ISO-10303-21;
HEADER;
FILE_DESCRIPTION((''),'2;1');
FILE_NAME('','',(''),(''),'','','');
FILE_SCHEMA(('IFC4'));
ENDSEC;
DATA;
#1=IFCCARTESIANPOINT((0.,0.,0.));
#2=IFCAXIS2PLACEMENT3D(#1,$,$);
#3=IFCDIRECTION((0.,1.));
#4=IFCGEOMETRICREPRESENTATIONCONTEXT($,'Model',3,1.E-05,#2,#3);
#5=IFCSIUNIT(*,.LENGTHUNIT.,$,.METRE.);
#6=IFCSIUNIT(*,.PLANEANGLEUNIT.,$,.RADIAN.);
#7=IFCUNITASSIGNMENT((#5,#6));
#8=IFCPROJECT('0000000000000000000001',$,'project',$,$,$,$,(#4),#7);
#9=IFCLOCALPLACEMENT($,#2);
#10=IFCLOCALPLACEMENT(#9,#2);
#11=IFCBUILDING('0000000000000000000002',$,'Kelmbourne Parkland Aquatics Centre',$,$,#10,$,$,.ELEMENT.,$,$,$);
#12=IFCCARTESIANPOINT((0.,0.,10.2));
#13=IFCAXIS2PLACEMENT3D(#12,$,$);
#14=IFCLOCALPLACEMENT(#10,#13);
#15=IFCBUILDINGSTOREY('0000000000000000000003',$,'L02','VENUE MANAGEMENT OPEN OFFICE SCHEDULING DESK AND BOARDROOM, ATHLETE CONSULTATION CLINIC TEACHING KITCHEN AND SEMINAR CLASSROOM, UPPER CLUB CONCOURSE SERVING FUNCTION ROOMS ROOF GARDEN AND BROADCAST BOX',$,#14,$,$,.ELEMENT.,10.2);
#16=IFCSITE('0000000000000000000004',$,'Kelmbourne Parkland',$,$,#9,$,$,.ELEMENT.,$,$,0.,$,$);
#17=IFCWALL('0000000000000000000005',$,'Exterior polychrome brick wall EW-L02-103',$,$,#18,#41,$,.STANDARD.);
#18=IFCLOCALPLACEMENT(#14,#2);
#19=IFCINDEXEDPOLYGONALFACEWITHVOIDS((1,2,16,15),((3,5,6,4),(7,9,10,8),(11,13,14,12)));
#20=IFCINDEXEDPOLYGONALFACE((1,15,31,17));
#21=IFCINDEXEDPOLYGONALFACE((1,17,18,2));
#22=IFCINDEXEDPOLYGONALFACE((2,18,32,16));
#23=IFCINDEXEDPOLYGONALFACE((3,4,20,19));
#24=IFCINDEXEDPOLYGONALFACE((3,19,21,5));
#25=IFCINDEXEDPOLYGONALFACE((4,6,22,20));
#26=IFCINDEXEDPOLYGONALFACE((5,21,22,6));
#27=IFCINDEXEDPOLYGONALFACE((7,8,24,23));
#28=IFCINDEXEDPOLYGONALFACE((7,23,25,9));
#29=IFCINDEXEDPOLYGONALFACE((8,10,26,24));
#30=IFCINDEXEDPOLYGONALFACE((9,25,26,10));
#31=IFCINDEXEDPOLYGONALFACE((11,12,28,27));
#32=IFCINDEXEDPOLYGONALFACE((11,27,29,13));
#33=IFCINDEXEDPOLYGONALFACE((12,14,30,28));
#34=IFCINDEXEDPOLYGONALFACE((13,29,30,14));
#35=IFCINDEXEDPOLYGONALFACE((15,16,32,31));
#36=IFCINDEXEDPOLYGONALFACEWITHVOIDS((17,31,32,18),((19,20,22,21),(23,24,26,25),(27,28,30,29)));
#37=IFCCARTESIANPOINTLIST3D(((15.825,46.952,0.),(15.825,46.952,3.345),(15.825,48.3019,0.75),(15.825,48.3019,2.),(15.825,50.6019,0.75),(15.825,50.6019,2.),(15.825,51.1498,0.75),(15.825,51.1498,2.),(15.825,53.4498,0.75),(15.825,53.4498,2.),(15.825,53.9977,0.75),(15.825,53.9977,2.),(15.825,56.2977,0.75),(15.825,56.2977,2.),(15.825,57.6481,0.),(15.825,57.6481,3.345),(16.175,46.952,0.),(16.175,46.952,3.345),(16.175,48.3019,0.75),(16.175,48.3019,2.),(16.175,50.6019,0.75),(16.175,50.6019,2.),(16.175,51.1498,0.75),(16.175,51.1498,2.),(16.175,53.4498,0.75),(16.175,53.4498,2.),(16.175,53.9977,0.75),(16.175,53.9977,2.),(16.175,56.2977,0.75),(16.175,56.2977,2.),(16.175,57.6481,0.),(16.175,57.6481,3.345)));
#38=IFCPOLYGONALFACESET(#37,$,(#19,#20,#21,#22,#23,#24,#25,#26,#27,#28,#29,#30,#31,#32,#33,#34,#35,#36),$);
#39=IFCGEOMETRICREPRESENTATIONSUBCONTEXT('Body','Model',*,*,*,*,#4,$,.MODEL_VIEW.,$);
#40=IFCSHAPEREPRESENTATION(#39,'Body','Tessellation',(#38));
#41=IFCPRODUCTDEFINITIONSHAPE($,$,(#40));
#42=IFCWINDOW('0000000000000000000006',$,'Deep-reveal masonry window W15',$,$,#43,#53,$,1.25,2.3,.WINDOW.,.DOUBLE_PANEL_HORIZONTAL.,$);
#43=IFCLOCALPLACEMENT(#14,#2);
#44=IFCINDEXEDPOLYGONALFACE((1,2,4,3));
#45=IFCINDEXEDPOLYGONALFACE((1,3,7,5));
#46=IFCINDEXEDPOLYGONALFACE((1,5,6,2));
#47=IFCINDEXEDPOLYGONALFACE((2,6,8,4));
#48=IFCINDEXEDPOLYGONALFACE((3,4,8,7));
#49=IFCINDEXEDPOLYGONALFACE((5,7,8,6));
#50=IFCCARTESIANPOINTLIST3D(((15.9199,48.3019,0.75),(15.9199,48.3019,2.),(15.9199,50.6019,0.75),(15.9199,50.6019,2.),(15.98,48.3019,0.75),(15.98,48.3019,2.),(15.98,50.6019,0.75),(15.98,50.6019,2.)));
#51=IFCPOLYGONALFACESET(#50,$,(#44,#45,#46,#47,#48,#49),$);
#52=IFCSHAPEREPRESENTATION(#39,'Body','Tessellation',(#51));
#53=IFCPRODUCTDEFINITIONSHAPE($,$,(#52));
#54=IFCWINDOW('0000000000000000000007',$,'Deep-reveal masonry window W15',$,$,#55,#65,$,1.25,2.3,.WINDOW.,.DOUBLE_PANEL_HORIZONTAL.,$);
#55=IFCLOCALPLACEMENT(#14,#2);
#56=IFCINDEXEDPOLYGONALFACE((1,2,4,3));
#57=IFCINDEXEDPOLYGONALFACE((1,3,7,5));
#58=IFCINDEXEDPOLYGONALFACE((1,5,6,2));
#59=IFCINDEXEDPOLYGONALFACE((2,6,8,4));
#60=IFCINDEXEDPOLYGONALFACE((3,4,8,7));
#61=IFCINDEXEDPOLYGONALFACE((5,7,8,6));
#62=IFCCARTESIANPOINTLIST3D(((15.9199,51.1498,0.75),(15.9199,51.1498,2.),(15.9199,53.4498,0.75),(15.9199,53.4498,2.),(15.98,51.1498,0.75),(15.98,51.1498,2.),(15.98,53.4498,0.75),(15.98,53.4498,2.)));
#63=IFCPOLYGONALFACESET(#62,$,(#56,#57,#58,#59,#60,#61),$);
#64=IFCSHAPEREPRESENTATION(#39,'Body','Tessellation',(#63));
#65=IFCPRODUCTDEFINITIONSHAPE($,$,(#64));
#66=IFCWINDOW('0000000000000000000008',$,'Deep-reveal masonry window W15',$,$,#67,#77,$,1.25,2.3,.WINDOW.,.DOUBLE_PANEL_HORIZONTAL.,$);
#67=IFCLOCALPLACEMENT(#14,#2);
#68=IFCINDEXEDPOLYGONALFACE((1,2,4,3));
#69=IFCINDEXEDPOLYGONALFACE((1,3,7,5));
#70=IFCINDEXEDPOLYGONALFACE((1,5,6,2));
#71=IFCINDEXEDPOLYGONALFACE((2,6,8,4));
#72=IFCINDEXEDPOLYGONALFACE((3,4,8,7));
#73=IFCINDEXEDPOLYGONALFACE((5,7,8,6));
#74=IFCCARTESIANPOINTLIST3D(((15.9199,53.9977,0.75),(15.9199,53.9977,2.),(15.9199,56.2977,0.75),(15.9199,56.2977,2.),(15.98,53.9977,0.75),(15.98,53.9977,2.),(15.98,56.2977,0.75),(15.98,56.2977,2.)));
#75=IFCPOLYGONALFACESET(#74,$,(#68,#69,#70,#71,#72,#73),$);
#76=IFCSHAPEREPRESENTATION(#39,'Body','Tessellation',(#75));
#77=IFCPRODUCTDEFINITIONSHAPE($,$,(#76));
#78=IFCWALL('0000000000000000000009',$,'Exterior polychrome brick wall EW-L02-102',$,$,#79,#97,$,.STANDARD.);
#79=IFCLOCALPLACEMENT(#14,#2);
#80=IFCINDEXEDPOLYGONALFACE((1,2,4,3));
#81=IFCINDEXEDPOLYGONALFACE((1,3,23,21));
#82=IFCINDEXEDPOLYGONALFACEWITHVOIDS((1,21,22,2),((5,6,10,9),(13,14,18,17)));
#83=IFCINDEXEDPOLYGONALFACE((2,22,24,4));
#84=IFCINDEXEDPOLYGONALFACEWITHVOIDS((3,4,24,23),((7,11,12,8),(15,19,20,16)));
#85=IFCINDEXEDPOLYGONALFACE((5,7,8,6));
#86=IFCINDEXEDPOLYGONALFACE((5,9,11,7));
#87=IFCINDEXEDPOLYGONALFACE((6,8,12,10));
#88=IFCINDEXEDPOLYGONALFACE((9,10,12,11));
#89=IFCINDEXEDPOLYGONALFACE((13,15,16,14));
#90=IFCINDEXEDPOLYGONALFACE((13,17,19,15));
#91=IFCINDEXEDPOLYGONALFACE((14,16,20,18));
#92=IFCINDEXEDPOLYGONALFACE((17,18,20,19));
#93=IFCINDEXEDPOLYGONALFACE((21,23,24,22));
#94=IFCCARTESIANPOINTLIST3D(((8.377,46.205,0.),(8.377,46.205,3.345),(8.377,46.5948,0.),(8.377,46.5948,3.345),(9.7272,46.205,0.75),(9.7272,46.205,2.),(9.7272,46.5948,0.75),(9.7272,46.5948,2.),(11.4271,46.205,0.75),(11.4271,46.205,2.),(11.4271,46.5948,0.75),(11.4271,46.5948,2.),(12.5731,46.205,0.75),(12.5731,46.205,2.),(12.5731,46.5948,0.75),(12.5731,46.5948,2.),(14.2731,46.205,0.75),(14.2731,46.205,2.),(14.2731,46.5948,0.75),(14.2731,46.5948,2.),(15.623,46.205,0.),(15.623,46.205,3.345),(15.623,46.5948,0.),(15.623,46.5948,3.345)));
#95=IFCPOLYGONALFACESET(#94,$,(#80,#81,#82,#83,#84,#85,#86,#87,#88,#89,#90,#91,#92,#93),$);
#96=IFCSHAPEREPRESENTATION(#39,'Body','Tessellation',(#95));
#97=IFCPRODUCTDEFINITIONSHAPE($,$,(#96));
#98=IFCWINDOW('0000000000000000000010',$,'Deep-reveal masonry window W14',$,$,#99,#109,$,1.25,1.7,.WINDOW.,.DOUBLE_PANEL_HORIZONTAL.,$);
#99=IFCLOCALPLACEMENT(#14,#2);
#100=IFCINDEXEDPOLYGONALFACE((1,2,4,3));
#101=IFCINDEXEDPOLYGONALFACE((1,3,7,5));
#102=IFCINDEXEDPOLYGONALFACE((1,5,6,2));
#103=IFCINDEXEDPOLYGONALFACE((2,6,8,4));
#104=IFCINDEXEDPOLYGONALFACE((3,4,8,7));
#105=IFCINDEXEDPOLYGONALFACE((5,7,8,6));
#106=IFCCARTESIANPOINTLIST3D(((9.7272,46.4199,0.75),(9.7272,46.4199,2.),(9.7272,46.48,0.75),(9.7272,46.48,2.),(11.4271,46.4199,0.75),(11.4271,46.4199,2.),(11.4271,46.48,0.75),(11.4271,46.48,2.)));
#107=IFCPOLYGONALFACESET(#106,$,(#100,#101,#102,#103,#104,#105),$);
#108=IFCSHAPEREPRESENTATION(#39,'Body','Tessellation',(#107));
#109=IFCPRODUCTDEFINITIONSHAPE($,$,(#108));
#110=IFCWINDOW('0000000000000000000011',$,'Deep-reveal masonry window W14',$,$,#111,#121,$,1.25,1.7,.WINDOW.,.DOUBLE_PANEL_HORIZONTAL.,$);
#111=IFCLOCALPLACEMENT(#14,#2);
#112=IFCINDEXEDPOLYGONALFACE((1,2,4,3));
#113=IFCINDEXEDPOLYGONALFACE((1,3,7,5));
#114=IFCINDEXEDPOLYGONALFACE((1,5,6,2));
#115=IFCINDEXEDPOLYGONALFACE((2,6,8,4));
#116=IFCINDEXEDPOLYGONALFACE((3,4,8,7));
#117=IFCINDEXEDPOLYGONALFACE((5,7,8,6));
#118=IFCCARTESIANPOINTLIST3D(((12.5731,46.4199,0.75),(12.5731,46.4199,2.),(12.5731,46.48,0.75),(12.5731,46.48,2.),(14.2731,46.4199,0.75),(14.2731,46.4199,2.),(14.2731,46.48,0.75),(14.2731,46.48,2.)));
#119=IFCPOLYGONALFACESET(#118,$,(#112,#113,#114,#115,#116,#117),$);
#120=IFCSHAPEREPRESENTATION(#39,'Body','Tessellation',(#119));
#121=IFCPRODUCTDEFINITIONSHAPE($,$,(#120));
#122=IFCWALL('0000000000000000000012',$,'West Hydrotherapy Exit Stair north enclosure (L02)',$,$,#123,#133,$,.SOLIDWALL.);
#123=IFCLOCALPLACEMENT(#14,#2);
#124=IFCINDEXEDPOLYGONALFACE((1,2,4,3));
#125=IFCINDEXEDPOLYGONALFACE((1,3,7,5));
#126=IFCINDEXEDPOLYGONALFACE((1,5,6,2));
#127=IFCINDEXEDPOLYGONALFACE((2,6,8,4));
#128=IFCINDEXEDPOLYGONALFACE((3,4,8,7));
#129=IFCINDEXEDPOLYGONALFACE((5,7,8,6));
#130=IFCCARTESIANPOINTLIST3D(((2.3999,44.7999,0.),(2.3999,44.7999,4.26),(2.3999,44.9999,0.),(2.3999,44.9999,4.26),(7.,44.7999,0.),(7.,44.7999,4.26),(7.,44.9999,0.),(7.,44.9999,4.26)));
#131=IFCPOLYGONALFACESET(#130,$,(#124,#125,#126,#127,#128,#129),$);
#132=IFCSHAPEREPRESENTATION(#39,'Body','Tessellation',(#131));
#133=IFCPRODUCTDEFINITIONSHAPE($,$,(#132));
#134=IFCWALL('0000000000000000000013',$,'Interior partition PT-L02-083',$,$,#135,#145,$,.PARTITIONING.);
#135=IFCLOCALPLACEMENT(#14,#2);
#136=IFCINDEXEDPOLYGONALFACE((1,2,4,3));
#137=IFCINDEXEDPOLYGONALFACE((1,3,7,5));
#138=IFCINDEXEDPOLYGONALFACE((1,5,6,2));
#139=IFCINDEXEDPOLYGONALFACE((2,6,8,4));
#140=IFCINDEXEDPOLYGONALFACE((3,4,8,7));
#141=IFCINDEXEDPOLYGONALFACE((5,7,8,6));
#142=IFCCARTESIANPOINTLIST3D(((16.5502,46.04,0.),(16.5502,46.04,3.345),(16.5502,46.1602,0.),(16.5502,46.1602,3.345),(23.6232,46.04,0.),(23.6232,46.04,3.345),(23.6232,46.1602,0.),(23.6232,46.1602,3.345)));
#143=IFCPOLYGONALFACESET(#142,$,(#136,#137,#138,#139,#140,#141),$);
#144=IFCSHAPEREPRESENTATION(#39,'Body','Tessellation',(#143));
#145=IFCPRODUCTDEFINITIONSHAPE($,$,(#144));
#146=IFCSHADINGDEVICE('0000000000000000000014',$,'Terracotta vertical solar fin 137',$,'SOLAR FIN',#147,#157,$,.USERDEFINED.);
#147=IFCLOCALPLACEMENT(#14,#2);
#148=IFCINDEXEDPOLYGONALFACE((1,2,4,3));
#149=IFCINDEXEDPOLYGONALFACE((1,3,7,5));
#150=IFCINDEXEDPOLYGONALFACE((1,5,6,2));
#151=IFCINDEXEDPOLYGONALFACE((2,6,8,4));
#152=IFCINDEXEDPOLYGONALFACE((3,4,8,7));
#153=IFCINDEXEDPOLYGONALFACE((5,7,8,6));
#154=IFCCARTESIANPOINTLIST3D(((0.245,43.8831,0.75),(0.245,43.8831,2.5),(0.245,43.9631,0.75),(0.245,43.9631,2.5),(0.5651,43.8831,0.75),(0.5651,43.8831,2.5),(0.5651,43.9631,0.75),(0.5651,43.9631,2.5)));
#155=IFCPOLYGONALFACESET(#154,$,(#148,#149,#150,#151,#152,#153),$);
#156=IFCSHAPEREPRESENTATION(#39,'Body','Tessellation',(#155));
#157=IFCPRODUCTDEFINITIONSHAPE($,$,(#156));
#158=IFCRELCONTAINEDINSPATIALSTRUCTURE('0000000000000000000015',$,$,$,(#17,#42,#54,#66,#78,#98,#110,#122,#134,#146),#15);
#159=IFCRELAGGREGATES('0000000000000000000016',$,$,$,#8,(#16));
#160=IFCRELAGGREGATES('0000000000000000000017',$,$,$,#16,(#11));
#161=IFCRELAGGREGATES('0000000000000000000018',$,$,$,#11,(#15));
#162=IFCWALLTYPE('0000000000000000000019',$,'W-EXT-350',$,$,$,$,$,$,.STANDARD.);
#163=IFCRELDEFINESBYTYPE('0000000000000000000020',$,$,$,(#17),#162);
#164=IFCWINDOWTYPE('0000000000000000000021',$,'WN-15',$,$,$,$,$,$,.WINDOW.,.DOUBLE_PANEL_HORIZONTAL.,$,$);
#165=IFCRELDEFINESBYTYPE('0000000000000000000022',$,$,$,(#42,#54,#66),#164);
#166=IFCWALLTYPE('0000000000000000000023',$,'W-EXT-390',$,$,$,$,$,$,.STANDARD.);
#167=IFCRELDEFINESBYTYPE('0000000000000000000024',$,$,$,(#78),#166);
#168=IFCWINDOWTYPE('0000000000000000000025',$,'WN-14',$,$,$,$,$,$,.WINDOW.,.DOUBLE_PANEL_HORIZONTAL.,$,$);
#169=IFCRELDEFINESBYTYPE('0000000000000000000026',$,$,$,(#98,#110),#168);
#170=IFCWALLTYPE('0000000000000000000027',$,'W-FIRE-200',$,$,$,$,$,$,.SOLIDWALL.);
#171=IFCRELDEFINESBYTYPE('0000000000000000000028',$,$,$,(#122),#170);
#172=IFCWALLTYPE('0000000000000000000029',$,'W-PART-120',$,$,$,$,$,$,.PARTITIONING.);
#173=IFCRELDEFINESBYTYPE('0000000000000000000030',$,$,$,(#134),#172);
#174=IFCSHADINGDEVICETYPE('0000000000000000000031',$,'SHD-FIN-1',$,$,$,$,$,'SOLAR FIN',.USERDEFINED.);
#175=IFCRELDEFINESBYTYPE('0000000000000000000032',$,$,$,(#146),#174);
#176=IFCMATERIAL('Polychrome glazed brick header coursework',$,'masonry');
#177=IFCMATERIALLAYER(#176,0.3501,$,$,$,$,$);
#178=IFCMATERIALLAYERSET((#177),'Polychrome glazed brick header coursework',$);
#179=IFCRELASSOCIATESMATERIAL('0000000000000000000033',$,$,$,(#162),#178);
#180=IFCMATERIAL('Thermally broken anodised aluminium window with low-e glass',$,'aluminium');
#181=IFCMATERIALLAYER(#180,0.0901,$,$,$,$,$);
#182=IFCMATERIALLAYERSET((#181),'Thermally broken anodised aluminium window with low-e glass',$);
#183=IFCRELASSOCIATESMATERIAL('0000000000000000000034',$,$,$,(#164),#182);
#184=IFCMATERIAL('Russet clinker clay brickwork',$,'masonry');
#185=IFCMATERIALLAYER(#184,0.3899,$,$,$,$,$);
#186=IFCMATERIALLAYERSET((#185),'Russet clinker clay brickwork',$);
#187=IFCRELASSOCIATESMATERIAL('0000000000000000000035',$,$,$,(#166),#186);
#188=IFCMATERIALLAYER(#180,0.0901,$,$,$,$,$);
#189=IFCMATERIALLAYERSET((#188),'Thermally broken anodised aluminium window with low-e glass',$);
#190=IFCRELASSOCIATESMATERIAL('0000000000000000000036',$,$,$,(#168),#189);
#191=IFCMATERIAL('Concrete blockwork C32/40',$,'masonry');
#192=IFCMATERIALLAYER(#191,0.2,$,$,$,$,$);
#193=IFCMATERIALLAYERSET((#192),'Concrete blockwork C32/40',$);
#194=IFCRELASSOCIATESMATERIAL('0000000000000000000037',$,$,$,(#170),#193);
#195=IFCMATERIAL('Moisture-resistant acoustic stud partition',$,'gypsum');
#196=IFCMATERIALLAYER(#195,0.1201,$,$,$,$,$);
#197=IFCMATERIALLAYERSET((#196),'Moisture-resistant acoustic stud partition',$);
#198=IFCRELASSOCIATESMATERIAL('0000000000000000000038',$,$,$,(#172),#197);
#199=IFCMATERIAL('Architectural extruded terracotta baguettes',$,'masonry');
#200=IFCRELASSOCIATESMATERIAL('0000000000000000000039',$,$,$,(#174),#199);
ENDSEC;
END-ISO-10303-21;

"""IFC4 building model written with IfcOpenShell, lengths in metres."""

from ifc_helpers import new_model, si_unit, direction, frame, frame_2d, origin, origin_2d, place, context, subcontext, project, spatial, rectangle, extrude, material, layer, layer_set, type_object, element, fill, save


model = new_model("IFC4")

# Units and contexts
model_context = context("Model", 3, precision=1e-05, world=origin(), true_north=direction((0.0, 1.0)))
body_context = subcontext(model_context, "Body", "Model", "MODEL_VIEW")
ifc_project = project(units=[si_unit("LENGTHUNIT", "METRE"), si_unit("PLANEANGLEUNIT", "RADIAN")], contexts=[model_context])

# Site, building, storey
site_placement = place(None, origin())
site = spatial("IfcSite", under=ifc_project, at=site_placement, Name="Kelmbourne Parkland", CompositionType="ELEMENT", RefElevation=0.0)
building_placement = place(site_placement, origin())
building = spatial("IfcBuilding", under=site, at=building_placement, Name="Kelmbourne Parkland Aquatics Centre", CompositionType="ELEMENT")
storey_placement = place(building_placement, frame((0.0, 0.0, 10.2)))
storey = spatial("IfcBuildingStorey", under=building, at=storey_placement, Name="L02", Description="VENUE MANAGEMENT OPEN OFFICE SCHEDULING DESK AND BOARDROOM, ATHLETE CONSULTATION CLINIC TEACHING KITCHEN AND SEMINAR CLASSROOM, UPPER CLUB CONCOURSE SERVING FUNCTION ROOMS ROOF GARDEN AND BROADCAST BOX", CompositionType="ELEMENT", Elevation=10.2)

# Shared definitions
ifc_material_1 = material(Name="Russet clinker clay brickwork", Category="masonry")
ifc_material_2 = material(Name="Thermally broken anodised aluminium window with low-e glass", Category="aluminium")

# Walls, openings, windows
ifc_material_3 = material(Name="Polychrome glazed brick header coursework", Category="masonry")
ifc_layer_1 = layer(ifc_material_3, 0.3501)
ifc_layer_set_1 = layer_set([ifc_layer_1], Name="Polychrome glazed brick header coursework")
wall_type_1 = type_object("IfcWallType", Name="W-EXT-350", PredefinedType="STANDARD", material=ifc_layer_set_1)
wall_1_placement = place(storey_placement, frame((16.0, 46.9519, 0.0), z_axis=(0.0, 0.0, 1.0), x_axis=(0.0, 1.0, 0.0)))
wall_1 = element("IfcWall", 1, at=wall_1_placement, inside=storey, type_object=wall_type_1, Name="Exterior polychrome brick wall EW-L02-103", PredefinedType="STANDARD", context=body_context, shape_type="SweptSolid", body=[
    extrude(rectangle(XDim=10.696, YDim=0.3501, at=frame_2d((5.3481, 0.0))), origin(), (0.0, 0.0, 1.0), 3.345),
])
opening_1_placement = place(wall_1_placement, frame((1.3501, 0.0, 0.75)))
opening_1 = element("IfcOpeningElement", 2, at=opening_1_placement, cuts=wall_1, PredefinedType="OPENING", context=body_context, shape_type="SweptSolid", body=[
    extrude(rectangle(XDim=2.3, YDim=1.25, at=frame_2d((1.1499, 0.625))), frame((0.0, 0.187, 0.0), z_axis=(0.0, -1.0, 0.0), x_axis=(1.0, 0.0, 0.0)), (0.0, 0.0, 1.0), 0.374),
])
opening_2_placement = place(wall_1_placement, frame((4.198, 0.0, 0.75)))
opening_2 = element("IfcOpeningElement", 3, at=opening_2_placement, cuts=wall_1, PredefinedType="OPENING", context=body_context, shape_type="SweptSolid", body=[
    extrude(rectangle(XDim=2.3, YDim=1.25, at=frame_2d((1.1499, 0.625))), frame((0.0, 0.187, 0.0), z_axis=(0.0, -1.0, 0.0), x_axis=(1.0, 0.0, 0.0)), (0.0, 0.0, 1.0), 0.374),
])
opening_3_placement = place(wall_1_placement, frame((7.0459, 0.0, 0.75)))
opening_3 = element("IfcOpeningElement", 4, at=opening_3_placement, cuts=wall_1, PredefinedType="OPENING", context=body_context, shape_type="SweptSolid", body=[
    extrude(rectangle(XDim=2.3, YDim=1.25, at=frame_2d((1.1499, 0.625))), frame((0.0, 0.187, 0.0), z_axis=(0.0, -1.0, 0.0), x_axis=(1.0, 0.0, 0.0)), (0.0, 0.0, 1.0), 0.374),
])
ifc_layer_2 = layer(ifc_material_2, 0.0901)
ifc_layer_set_2 = layer_set([ifc_layer_2], Name="Thermally broken anodised aluminium window with low-e glass")
window_type_1 = type_object("IfcWindowType", Name="WN-15", PartitioningType="DOUBLE_PANEL_HORIZONTAL", PredefinedType="WINDOW", material=ifc_layer_set_2)
window_1_placement = place(opening_1_placement, origin())
window_1 = element("IfcWindow", 5, at=window_1_placement, inside=storey, type_object=window_type_1, Name="Deep-reveal masonry window W15", OverallHeight=1.25, OverallWidth=2.3, PartitioningType="DOUBLE_PANEL_HORIZONTAL", PredefinedType="WINDOW", context=body_context, shape_type="SweptSolid", body=[
    extrude(rectangle(XDim=2.3, YDim=1.25, at=frame_2d((1.1499, 0.625))), frame((0.0, 0.0801, 0.0), z_axis=(0.0, -1.0, 0.0), x_axis=(1.0, 0.0, 0.0)), (0.0, 0.0, 1.0), 0.0601),
])
fill(opening_1, window_1)
window_2_placement = place(opening_2_placement, origin())
window_2 = element("IfcWindow", 6, at=window_2_placement, inside=storey, type_object=window_type_1, Name="Deep-reveal masonry window W15", OverallHeight=1.25, OverallWidth=2.3, PartitioningType="DOUBLE_PANEL_HORIZONTAL", PredefinedType="WINDOW", context=body_context, shape_type="SweptSolid", body=[
    extrude(rectangle(XDim=2.3, YDim=1.25, at=frame_2d((1.1499, 0.625))), frame((0.0, 0.0801, 0.0), z_axis=(0.0, -1.0, 0.0), x_axis=(1.0, 0.0, 0.0)), (0.0, 0.0, 1.0), 0.0601),
])
fill(opening_2, window_2)
window_3_placement = place(opening_3_placement, origin())
window_3 = element("IfcWindow", 7, at=window_3_placement, inside=storey, type_object=window_type_1, Name="Deep-reveal masonry window W15", OverallHeight=1.25, OverallWidth=2.3, PartitioningType="DOUBLE_PANEL_HORIZONTAL", PredefinedType="WINDOW", context=body_context, shape_type="SweptSolid", body=[
    extrude(rectangle(XDim=2.3, YDim=1.25, at=frame_2d((1.1499, 0.625))), frame((0.0, 0.0801, 0.0), z_axis=(0.0, -1.0, 0.0), x_axis=(1.0, 0.0, 0.0)), (0.0, 0.0, 1.0), 0.0601),
])
fill(opening_3, window_3)
ifc_layer_3 = layer(ifc_material_1, 0.3899)
ifc_layer_set_3 = layer_set([ifc_layer_3], Name="Russet clinker clay brickwork")
wall_type_2 = type_object("IfcWallType", Name="W-EXT-390", PredefinedType="STANDARD", material=ifc_layer_set_3)
wall_2_placement = place(storey_placement, frame((8.377, 46.3999, 0.0), z_axis=(0.0, 0.0, 1.0), x_axis=(1.0, 0.0, 0.0)))
wall_2 = element("IfcWall", 8, at=wall_2_placement, inside=storey, type_object=wall_type_2, Name="Exterior polychrome brick wall EW-L02-102", PredefinedType="STANDARD", context=body_context, shape_type="SweptSolid", body=[
    extrude(rectangle(XDim=7.2461, YDim=0.3899, at=frame_2d((3.623, 0.0))), origin(), (0.0, 0.0, 1.0), 3.345),
])
opening_4_placement = place(wall_2_placement, frame((1.3501, 0.0, 0.75)))
opening_4 = element("IfcOpeningElement", 9, at=opening_4_placement, cuts=wall_2, PredefinedType="OPENING", context=body_context, shape_type="SweptSolid", body=[
    extrude(rectangle(XDim=1.7, YDim=1.25, at=frame_2d((0.8501, 0.625))), frame((0.0, 0.207, 0.0), z_axis=(0.0, -1.0, 0.0), x_axis=(1.0, 0.0, 0.0)), (0.0, 0.0, 1.0), 0.4138),
])
opening_5_placement = place(wall_2_placement, frame((4.196, 0.0, 0.75)))
opening_5 = element("IfcOpeningElement", 10, at=opening_5_placement, cuts=wall_2, PredefinedType="OPENING", context=body_context, shape_type="SweptSolid", body=[
    extrude(rectangle(XDim=1.7, YDim=1.25, at=frame_2d((0.8501, 0.625))), frame((0.0, 0.207, 0.0), z_axis=(0.0, -1.0, 0.0), x_axis=(1.0, 0.0, 0.0)), (0.0, 0.0, 1.0), 0.4138),
])
ifc_layer_4 = layer(ifc_material_2, 0.0901)
ifc_layer_set_4 = layer_set([ifc_layer_4], Name="Thermally broken anodised aluminium window with low-e glass")
window_type_2 = type_object("IfcWindowType", Name="WN-14", PartitioningType="DOUBLE_PANEL_HORIZONTAL", PredefinedType="WINDOW", material=ifc_layer_set_4)
window_4_placement = place(opening_4_placement, origin())
window_4 = element("IfcWindow", 11, at=window_4_placement, inside=storey, type_object=window_type_2, Name="Deep-reveal masonry window W14", OverallHeight=1.25, OverallWidth=1.7, PartitioningType="DOUBLE_PANEL_HORIZONTAL", PredefinedType="WINDOW", context=body_context, shape_type="SweptSolid", body=[
    extrude(rectangle(XDim=1.7, YDim=1.25, at=frame_2d((0.8501, 0.625))), frame((0.0, 0.0801, 0.0), z_axis=(0.0, -1.0, 0.0), x_axis=(1.0, 0.0, 0.0)), (0.0, 0.0, 1.0), 0.0601),
])
fill(opening_4, window_4)
window_5_placement = place(opening_5_placement, origin())
window_5 = element("IfcWindow", 12, at=window_5_placement, inside=storey, type_object=window_type_2, Name="Deep-reveal masonry window W14", OverallHeight=1.25, OverallWidth=1.7, PartitioningType="DOUBLE_PANEL_HORIZONTAL", PredefinedType="WINDOW", context=body_context, shape_type="SweptSolid", body=[
    extrude(rectangle(XDim=1.7, YDim=1.25, at=frame_2d((0.8501, 0.625))), frame((0.0, 0.0801, 0.0), z_axis=(0.0, -1.0, 0.0), x_axis=(1.0, 0.0, 0.0)), (0.0, 0.0, 1.0), 0.0601),
])
fill(opening_5, window_5)

# Walls
ifc_material_4 = material(Name="Concrete blockwork C32/40", Category="masonry")
ifc_layer_5 = layer(ifc_material_4, 0.2)
ifc_layer_set_5 = layer_set([ifc_layer_5], Name="Concrete blockwork C32/40")
wall_type_3 = type_object("IfcWallType", Name="W-FIRE-200", PredefinedType="SOLIDWALL", material=ifc_layer_set_5)
wall_3_placement = place(storey_placement, frame((2.3999, 44.8999, 0.0), z_axis=(0.0, 0.0, 1.0), x_axis=(1.0, 0.0, 0.0)))
element("IfcWall", 13, at=wall_3_placement, inside=storey, type_object=wall_type_3, Name="West Hydrotherapy Exit Stair north enclosure (L02)", PredefinedType="SOLIDWALL", context=body_context, shape_type="SweptSolid", body=[
    extrude(rectangle(XDim=4.6001, YDim=0.2, at=frame_2d((2.3, 0.0))), origin(), (0.0, 0.0, 1.0), 4.26),
])
ifc_material_5 = material(Name="Moisture-resistant acoustic stud partition", Category="gypsum")
ifc_layer_6 = layer(ifc_material_5, 0.1201)
ifc_layer_set_6 = layer_set([ifc_layer_6], Name="Moisture-resistant acoustic stud partition")
wall_type_4 = type_object("IfcWallType", Name="W-PART-120", PredefinedType="PARTITIONING", material=ifc_layer_set_6)
wall_4_placement = place(storey_placement, frame((16.55, 46.1001, 0.0), z_axis=(0.0, 0.0, 1.0), x_axis=(1.0, 0.0, 0.0)))
element("IfcWall", 14, at=wall_4_placement, inside=storey, type_object=wall_type_4, Name="Interior partition PT-L02-083", PredefinedType="PARTITIONING", context=body_context, shape_type="SweptSolid", body=[
    extrude(rectangle(XDim=7.073, YDim=0.1201, at=frame_2d((3.5366, 0.0))), origin(), (0.0, 0.0, 1.0), 3.345),
])

# Shading device
ifc_material_6 = material(Name="Architectural extruded terracotta baguettes", Category="masonry")
shading_device_type_1 = type_object("IfcShadingDeviceType", Name="SHD-FIN-1", ElementType="SOLAR FIN", PredefinedType="USERDEFINED", material=ifc_material_6)
shading_device_1_placement = place(storey_placement, frame((0.405, 43.9231, 0.75), z_axis=(0.0, 0.0, 1.0), x_axis=(0.0, 1.0, 0.0)))
element("IfcShadingDevice", 15, at=shading_device_1_placement, inside=storey, type_object=shading_device_type_1, Name="Terracotta vertical solar fin 137", ObjectType="SOLAR FIN", PredefinedType="USERDEFINED", context=body_context, shape_type="SweptSolid", body=[
    extrude(rectangle(XDim=0.0801, YDim=0.3201, at=origin_2d()), origin(), (0.0, 0.0, 1.0), 1.75),
])

save(model, "model.ifc")
